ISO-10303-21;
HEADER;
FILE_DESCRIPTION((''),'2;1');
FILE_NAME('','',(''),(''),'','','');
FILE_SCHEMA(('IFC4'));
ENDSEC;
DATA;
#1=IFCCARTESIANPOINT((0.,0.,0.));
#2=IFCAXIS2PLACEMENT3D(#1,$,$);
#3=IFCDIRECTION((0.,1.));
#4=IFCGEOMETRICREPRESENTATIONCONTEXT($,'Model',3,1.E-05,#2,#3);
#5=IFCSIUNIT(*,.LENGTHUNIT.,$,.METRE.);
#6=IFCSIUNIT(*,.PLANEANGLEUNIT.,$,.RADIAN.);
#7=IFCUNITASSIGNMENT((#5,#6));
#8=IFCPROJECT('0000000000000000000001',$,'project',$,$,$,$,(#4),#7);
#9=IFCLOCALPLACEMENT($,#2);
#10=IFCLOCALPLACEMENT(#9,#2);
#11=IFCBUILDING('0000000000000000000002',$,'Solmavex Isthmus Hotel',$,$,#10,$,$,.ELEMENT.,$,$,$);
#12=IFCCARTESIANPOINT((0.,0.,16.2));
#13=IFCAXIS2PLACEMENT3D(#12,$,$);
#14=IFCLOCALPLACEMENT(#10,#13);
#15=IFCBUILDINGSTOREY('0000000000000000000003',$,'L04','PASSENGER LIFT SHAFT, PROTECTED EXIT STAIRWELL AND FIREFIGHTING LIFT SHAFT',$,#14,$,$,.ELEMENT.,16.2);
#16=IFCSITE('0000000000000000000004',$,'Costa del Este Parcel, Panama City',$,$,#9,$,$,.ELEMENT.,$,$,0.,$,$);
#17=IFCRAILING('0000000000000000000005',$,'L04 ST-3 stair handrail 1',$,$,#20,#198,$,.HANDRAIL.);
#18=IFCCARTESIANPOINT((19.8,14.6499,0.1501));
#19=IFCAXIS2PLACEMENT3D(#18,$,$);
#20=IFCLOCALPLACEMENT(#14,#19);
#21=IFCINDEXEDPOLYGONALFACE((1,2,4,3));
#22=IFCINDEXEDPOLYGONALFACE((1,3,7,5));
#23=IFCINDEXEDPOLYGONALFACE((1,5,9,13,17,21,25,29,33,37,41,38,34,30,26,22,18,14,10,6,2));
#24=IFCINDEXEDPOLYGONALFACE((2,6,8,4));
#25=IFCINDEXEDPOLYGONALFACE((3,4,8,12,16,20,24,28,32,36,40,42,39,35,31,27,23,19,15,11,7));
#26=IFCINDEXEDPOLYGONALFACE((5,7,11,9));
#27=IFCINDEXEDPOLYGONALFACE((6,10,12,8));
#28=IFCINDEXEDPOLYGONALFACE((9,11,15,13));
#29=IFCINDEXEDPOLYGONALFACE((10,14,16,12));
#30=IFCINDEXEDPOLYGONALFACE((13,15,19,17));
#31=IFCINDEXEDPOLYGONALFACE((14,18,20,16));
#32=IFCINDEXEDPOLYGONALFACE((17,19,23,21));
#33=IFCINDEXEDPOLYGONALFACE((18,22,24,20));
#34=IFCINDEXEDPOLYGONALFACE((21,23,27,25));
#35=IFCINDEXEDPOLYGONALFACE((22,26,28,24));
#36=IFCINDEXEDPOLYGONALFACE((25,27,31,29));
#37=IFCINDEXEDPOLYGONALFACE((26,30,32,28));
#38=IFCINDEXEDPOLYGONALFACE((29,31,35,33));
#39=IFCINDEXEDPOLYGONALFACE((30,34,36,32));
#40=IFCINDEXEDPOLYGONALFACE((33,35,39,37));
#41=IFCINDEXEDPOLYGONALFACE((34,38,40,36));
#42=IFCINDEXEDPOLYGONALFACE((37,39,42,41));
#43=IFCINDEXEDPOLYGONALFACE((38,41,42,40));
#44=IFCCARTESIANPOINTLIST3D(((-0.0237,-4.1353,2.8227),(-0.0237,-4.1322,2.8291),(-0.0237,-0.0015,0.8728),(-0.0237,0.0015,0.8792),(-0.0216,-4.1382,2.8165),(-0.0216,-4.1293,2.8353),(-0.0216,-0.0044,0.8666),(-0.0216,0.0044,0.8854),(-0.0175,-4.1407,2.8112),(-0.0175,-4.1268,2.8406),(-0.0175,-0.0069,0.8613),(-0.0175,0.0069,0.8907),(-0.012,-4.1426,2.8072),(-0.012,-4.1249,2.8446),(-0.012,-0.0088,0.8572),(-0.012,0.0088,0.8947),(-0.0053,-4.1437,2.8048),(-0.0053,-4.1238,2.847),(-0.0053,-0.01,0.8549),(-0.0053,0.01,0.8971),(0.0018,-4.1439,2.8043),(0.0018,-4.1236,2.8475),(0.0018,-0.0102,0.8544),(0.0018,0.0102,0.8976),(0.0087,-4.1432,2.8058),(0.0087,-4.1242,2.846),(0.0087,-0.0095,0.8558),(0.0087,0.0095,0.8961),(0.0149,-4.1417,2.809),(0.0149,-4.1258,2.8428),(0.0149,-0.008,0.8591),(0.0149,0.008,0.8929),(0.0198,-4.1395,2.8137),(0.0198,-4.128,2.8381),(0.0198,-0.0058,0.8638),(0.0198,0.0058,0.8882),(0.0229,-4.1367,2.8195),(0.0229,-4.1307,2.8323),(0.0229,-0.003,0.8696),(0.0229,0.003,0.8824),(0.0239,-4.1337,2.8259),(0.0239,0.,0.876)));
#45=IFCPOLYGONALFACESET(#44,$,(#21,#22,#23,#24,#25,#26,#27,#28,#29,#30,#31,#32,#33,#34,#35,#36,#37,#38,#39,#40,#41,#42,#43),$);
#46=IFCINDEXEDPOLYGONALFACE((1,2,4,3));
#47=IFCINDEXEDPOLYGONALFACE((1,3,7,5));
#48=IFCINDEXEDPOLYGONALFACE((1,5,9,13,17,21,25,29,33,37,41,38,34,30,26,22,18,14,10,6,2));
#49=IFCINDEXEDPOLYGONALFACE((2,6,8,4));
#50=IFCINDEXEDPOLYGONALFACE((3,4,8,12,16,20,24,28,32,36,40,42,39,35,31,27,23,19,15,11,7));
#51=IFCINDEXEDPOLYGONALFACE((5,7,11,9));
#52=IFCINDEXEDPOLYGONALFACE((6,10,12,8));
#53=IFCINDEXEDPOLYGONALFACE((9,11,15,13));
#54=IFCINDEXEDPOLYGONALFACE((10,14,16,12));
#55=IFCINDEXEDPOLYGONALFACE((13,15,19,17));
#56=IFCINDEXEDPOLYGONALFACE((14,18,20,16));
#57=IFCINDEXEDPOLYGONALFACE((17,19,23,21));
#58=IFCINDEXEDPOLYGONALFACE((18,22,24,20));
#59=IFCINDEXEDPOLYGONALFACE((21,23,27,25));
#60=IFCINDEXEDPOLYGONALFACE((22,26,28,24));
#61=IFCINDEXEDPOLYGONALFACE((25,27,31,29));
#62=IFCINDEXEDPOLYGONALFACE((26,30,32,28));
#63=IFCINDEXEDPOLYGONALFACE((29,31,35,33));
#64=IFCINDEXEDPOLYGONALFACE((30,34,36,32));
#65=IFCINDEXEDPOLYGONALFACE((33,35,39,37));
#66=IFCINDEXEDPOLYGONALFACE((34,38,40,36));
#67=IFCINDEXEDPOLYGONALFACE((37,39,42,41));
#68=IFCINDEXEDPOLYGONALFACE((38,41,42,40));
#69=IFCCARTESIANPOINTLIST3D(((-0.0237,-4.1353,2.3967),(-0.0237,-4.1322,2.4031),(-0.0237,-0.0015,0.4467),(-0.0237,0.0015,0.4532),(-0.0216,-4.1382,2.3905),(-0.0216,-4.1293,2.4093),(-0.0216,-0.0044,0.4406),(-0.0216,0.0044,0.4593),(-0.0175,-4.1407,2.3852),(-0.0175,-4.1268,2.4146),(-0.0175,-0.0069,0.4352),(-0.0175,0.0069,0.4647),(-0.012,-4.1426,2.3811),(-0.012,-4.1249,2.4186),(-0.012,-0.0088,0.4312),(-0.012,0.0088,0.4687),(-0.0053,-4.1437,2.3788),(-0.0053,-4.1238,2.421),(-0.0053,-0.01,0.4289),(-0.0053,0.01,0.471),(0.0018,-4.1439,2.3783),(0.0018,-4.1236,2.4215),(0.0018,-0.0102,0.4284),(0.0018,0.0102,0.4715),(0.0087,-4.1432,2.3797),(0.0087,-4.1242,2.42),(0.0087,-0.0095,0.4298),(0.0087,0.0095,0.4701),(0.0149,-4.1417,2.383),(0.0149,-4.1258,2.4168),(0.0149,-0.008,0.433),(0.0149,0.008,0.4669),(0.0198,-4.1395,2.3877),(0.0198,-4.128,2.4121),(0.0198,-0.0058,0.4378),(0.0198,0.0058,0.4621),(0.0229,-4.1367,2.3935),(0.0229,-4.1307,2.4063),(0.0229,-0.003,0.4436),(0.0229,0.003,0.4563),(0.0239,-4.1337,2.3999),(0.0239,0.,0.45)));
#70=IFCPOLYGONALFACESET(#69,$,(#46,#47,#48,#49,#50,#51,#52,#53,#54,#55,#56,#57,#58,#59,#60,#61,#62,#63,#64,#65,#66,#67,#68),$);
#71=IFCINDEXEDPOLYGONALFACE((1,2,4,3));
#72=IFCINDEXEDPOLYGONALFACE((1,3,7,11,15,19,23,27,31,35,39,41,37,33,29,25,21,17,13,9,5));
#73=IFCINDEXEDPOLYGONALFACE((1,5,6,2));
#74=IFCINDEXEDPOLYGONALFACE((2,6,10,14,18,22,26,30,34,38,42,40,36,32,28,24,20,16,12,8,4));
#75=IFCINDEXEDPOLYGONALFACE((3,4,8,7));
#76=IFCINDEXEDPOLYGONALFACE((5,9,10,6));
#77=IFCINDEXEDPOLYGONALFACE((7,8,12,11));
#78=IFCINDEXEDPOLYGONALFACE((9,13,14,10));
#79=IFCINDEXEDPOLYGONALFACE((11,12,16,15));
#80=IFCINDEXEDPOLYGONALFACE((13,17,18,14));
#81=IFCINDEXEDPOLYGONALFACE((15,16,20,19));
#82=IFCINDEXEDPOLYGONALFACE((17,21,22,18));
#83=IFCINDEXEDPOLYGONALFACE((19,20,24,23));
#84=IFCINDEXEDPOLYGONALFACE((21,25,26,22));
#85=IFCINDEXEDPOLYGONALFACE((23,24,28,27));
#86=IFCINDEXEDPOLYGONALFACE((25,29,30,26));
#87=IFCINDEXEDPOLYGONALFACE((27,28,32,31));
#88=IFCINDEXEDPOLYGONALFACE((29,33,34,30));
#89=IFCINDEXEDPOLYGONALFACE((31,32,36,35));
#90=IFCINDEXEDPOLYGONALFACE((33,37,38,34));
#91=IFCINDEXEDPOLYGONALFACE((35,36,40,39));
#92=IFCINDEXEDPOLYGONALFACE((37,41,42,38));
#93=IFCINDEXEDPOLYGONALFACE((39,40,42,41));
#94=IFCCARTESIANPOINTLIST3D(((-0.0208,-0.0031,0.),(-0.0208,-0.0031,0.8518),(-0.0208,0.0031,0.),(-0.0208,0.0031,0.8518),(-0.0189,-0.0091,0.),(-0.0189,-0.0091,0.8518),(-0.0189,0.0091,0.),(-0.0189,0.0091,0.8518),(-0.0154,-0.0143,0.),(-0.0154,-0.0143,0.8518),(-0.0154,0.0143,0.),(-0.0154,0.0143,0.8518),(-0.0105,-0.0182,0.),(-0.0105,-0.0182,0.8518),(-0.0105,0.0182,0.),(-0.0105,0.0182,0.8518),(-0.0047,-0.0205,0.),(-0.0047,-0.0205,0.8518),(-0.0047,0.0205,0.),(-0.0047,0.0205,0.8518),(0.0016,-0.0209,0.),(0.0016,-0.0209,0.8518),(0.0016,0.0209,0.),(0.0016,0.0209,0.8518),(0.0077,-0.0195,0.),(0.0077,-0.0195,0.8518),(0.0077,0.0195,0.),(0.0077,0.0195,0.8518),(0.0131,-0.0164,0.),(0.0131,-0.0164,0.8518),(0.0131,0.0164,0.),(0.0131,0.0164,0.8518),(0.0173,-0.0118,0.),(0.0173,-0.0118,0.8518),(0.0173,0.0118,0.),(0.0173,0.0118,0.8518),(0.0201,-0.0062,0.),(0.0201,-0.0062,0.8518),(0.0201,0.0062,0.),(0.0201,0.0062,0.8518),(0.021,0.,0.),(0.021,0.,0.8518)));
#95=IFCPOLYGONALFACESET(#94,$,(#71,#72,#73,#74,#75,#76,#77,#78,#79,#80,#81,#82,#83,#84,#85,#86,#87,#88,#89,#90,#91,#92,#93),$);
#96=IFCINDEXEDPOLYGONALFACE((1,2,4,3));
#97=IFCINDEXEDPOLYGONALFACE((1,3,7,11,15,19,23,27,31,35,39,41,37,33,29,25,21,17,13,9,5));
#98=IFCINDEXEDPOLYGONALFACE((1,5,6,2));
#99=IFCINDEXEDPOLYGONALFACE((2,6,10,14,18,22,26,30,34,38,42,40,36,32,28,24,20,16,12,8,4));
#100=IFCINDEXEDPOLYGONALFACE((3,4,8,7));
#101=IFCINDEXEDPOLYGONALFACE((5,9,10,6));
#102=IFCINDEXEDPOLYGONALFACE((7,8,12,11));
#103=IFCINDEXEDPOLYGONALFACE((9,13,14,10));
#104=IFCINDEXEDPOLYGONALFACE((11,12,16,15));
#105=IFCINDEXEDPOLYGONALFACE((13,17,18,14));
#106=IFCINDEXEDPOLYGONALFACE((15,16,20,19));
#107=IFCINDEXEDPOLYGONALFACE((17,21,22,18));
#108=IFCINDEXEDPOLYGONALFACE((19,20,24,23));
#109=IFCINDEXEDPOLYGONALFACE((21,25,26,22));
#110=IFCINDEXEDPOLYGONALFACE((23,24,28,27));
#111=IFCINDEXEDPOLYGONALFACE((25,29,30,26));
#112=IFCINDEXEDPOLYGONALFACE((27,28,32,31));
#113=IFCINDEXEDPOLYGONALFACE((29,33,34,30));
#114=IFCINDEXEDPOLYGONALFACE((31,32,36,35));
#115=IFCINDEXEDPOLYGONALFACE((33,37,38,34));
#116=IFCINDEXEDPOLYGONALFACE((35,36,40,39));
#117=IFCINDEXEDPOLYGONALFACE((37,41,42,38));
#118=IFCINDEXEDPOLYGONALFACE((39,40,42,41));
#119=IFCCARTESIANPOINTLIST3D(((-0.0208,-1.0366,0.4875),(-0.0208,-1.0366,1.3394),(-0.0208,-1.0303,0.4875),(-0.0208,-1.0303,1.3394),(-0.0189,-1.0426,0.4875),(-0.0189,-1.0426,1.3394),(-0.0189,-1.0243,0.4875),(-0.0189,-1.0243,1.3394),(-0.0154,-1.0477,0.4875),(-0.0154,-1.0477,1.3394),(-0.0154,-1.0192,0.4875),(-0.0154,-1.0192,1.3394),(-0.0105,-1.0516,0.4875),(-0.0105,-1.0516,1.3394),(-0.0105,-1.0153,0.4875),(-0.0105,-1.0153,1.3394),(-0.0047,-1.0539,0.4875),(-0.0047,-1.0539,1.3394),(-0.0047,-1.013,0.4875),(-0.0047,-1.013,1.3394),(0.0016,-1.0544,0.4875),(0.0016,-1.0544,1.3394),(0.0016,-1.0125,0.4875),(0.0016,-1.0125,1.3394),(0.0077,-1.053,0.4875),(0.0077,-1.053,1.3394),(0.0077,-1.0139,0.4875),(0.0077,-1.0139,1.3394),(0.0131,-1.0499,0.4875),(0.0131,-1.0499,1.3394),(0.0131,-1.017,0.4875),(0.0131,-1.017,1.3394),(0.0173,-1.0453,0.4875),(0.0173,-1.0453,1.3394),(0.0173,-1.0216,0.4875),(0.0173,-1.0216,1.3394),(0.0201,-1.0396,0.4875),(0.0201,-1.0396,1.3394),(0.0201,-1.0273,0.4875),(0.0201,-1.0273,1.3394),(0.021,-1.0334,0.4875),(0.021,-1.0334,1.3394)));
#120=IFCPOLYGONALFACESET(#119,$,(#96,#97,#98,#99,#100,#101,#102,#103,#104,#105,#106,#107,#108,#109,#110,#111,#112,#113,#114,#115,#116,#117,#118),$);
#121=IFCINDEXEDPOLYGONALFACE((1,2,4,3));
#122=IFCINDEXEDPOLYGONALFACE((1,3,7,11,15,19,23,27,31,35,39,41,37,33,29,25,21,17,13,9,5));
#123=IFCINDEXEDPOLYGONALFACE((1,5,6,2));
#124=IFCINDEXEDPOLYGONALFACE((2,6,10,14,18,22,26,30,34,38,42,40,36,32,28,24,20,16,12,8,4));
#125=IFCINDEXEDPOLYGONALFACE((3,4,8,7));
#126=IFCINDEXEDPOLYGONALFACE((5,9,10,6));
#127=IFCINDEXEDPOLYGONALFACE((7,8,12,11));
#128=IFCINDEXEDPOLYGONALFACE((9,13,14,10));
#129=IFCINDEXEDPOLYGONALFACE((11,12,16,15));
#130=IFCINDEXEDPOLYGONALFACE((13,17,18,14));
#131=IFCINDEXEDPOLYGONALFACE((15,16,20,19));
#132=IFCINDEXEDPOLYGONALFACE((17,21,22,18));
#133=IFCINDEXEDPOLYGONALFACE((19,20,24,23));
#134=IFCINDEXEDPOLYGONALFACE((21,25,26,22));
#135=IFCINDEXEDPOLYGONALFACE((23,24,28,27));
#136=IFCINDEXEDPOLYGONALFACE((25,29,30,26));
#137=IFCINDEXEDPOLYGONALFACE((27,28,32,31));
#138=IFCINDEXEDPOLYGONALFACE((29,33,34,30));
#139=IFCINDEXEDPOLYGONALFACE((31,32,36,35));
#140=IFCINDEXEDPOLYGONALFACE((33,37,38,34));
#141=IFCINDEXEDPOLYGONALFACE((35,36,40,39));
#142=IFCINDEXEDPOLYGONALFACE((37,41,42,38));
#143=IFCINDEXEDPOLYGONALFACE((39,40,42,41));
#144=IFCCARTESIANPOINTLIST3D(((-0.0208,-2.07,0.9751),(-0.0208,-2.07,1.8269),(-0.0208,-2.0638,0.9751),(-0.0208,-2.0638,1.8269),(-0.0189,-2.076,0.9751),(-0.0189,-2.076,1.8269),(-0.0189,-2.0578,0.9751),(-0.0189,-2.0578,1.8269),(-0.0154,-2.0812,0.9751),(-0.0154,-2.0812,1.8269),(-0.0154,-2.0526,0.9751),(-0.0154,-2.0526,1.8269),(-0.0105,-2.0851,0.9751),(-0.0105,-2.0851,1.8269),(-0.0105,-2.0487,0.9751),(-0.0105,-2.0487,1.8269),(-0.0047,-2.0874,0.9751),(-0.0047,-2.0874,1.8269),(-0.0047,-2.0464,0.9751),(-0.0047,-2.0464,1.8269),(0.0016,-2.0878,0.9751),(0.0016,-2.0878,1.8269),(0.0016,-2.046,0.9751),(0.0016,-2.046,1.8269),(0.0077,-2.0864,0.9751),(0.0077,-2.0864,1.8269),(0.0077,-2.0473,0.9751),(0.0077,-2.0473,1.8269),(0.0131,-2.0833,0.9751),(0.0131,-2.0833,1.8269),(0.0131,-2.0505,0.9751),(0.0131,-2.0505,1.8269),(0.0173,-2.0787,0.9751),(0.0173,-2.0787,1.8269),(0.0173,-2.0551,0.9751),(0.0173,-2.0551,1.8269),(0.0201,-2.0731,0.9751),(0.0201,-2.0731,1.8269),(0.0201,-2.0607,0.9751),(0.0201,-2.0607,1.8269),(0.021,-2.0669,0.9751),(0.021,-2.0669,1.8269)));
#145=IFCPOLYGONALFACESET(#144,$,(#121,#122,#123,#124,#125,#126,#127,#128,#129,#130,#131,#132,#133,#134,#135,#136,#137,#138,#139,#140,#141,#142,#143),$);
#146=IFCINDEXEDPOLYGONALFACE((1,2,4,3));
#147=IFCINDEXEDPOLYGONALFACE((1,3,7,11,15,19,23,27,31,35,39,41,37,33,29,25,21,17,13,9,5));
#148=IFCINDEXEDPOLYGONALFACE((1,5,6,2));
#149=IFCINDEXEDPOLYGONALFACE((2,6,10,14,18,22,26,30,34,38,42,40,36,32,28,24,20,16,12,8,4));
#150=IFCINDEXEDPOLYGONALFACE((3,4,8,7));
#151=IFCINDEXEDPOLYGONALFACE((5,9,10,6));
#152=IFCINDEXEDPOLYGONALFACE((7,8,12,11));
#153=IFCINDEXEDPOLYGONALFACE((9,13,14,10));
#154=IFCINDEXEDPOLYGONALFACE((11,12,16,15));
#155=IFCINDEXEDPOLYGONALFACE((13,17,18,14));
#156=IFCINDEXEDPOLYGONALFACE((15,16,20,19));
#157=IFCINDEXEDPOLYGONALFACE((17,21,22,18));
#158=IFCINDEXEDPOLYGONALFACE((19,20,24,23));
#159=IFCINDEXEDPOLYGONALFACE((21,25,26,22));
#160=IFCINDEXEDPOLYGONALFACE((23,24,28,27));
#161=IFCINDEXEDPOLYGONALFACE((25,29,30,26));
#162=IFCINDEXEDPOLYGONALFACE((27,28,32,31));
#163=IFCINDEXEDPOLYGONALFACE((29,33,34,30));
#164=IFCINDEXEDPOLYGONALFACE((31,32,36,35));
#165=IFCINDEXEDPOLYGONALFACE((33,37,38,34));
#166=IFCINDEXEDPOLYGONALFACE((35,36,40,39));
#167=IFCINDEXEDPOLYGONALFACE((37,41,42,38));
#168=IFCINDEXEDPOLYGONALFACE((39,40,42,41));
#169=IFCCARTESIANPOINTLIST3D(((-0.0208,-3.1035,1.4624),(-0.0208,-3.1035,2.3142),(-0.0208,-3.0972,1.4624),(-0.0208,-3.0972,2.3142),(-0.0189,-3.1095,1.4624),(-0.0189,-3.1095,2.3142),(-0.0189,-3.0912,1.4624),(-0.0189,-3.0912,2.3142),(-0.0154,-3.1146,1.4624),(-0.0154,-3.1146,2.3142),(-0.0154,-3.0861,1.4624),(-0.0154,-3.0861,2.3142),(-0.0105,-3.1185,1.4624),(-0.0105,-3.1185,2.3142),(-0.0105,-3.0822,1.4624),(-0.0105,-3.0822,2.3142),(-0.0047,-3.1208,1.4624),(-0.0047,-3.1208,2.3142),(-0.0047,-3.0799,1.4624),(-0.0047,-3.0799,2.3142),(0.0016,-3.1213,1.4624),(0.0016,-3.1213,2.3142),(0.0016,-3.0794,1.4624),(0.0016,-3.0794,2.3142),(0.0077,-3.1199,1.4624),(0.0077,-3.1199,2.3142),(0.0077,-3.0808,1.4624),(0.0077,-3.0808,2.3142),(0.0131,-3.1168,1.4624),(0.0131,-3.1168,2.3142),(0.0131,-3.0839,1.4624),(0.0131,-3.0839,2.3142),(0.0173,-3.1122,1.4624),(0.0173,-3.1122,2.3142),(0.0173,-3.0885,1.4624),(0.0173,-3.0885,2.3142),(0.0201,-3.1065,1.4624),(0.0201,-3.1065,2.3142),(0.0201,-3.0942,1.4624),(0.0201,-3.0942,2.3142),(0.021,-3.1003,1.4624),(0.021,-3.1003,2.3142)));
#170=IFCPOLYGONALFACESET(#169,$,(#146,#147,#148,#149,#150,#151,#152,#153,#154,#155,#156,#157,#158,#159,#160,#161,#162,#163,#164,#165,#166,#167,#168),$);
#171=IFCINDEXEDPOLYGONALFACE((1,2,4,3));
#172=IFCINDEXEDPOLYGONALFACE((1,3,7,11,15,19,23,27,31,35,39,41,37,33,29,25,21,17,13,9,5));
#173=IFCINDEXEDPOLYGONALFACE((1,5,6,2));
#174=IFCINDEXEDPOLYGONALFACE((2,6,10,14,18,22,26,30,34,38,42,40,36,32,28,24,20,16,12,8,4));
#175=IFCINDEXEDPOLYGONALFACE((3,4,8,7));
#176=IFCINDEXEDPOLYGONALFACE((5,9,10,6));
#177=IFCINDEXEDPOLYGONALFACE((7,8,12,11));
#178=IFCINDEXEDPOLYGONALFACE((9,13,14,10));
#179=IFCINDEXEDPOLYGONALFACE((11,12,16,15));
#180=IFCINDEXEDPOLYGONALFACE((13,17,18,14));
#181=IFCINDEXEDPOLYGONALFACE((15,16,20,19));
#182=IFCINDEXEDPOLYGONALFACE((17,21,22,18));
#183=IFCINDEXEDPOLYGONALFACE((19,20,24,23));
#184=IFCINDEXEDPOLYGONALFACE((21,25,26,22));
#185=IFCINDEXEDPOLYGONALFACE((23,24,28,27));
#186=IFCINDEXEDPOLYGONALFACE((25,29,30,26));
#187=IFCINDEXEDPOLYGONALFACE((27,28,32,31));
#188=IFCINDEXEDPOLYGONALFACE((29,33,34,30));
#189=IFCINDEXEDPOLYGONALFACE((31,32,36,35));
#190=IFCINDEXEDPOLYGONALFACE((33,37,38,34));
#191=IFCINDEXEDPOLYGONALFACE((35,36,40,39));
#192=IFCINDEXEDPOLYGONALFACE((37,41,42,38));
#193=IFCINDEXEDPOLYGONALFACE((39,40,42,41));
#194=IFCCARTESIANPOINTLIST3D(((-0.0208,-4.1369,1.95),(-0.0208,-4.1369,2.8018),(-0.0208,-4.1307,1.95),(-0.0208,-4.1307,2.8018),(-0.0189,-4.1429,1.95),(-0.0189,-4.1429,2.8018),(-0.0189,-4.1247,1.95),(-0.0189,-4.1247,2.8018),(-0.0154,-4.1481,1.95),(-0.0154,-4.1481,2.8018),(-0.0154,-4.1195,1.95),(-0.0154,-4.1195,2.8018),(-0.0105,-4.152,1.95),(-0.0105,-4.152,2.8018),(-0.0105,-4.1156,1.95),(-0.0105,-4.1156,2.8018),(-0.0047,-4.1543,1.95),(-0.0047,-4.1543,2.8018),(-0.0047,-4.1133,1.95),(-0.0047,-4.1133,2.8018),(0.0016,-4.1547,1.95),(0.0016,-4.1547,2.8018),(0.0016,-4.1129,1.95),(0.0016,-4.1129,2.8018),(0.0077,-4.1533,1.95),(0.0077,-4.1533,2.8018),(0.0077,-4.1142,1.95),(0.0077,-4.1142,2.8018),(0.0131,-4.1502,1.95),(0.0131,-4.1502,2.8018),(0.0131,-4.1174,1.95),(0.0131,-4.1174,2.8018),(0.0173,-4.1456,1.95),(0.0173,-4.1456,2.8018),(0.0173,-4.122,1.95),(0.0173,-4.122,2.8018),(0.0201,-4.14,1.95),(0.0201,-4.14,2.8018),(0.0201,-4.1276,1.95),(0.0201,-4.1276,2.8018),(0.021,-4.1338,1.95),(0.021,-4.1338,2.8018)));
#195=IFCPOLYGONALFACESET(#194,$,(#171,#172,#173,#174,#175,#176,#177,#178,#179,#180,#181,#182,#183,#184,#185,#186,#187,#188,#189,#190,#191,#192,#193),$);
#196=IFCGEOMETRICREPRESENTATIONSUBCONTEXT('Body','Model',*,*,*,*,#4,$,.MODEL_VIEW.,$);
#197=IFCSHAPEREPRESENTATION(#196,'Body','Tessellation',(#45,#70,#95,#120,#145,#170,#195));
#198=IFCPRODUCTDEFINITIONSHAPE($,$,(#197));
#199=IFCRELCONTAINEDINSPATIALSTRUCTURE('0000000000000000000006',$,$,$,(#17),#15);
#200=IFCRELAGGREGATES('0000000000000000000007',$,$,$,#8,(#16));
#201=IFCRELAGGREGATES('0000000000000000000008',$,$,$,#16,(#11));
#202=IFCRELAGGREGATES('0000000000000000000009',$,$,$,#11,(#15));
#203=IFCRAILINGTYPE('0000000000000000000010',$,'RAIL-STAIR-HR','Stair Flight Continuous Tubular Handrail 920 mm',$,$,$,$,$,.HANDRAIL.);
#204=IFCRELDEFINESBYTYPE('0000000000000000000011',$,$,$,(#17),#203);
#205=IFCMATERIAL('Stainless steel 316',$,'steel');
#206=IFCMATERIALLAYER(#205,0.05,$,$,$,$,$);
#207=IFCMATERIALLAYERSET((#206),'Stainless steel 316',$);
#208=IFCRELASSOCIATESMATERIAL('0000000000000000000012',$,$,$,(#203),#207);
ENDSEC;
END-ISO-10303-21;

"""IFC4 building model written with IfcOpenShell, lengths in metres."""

from ifc_helpers import new_model, si_unit, direction, frame, origin, origin_2d, place, context, subcontext, project, spatial, circle, extrude, material, layer, layer_set, type_object, element, save


model = new_model("IFC4")

# Units and contexts
model_context = context("Model", 3, precision=1e-05, world=origin(), true_north=direction((0.0, 1.0)))
body_context = subcontext(model_context, "Body", "Model", "MODEL_VIEW")
ifc_project = project(units=[si_unit("LENGTHUNIT", "METRE"), si_unit("PLANEANGLEUNIT", "RADIAN")], contexts=[model_context])

# Site, building, storey
site_placement = place(None, origin())
site = spatial("IfcSite", under=ifc_project, at=site_placement, Name="Costa del Este Parcel, Panama City", CompositionType="ELEMENT", RefElevation=0.0)
building_placement = place(site_placement, origin())
building = spatial("IfcBuilding", under=site, at=building_placement, Name="Solmavex Isthmus Hotel", CompositionType="ELEMENT")
storey_placement = place(building_placement, frame((0.0, 0.0, 16.2)))
storey = spatial("IfcBuildingStorey", under=building, at=storey_placement, Name="L04", Description="PASSENGER LIFT SHAFT, PROTECTED EXIT STAIRWELL AND FIREFIGHTING LIFT SHAFT", CompositionType="ELEMENT", Elevation=16.2)

# Railing
ifc_material_1 = material(Name="Stainless steel 316", Category="steel")
ifc_layer_1 = layer(ifc_material_1, 0.05)
ifc_layer_set_1 = layer_set([ifc_layer_1], Name="Stainless steel 316")
railing_type_1 = type_object("IfcRailingType", Name="RAIL-STAIR-HR", Description="Stair Flight Continuous Tubular Handrail 920 mm", PredefinedType="HANDRAIL", material=ifc_layer_set_1)
railing_1_placement = place(storey_placement, frame((19.8, 14.6499, 0.1501)))
element("IfcRailing", 1, at=railing_1_placement, inside=storey, type_object=railing_type_1, Name="L04 ST-3 stair handrail 1", PredefinedType="HANDRAIL", context=body_context, shape_type="SweptSolid", body=[
    extrude(circle(Radius=0.0239, at=origin_2d()), frame((0.0, 0.0, 0.876), z_axis=(0.0, -0.904427, 0.426628), x_axis=(1.0, 0.0, 0.0)), (0.0, 0.0, 1.0), 4.5706),
    extrude(circle(Radius=0.0239, at=origin_2d()), frame((0.0, 0.0, 0.45), z_axis=(0.0, -0.904427, 0.426628), x_axis=(1.0, 0.0, 0.0)), (0.0, 0.0, 1.0), 4.5706),
    extrude(circle(Radius=0.021, at=origin_2d()), origin(), (0.0, 0.0, 1.0), 0.8518),
    extrude(circle(Radius=0.021, at=origin_2d()), frame((0.0, -1.0334, 0.4875)), (0.0, 0.0, 1.0), 0.8518),
    extrude(circle(Radius=0.021, at=origin_2d()), frame((0.0, -2.0669, 0.9751)), (0.0, 0.0, 1.0), 0.8518),
    extrude(circle(Radius=0.021, at=origin_2d()), frame((0.0, -3.1003, 1.4624)), (0.0, 0.0, 1.0), 0.8518),
    extrude(circle(Radius=0.021, at=origin_2d()), frame((0.0, -4.1338, 1.95)), (0.0, 0.0, 1.0), 0.8518),
])

save(model, "model.ifc")
